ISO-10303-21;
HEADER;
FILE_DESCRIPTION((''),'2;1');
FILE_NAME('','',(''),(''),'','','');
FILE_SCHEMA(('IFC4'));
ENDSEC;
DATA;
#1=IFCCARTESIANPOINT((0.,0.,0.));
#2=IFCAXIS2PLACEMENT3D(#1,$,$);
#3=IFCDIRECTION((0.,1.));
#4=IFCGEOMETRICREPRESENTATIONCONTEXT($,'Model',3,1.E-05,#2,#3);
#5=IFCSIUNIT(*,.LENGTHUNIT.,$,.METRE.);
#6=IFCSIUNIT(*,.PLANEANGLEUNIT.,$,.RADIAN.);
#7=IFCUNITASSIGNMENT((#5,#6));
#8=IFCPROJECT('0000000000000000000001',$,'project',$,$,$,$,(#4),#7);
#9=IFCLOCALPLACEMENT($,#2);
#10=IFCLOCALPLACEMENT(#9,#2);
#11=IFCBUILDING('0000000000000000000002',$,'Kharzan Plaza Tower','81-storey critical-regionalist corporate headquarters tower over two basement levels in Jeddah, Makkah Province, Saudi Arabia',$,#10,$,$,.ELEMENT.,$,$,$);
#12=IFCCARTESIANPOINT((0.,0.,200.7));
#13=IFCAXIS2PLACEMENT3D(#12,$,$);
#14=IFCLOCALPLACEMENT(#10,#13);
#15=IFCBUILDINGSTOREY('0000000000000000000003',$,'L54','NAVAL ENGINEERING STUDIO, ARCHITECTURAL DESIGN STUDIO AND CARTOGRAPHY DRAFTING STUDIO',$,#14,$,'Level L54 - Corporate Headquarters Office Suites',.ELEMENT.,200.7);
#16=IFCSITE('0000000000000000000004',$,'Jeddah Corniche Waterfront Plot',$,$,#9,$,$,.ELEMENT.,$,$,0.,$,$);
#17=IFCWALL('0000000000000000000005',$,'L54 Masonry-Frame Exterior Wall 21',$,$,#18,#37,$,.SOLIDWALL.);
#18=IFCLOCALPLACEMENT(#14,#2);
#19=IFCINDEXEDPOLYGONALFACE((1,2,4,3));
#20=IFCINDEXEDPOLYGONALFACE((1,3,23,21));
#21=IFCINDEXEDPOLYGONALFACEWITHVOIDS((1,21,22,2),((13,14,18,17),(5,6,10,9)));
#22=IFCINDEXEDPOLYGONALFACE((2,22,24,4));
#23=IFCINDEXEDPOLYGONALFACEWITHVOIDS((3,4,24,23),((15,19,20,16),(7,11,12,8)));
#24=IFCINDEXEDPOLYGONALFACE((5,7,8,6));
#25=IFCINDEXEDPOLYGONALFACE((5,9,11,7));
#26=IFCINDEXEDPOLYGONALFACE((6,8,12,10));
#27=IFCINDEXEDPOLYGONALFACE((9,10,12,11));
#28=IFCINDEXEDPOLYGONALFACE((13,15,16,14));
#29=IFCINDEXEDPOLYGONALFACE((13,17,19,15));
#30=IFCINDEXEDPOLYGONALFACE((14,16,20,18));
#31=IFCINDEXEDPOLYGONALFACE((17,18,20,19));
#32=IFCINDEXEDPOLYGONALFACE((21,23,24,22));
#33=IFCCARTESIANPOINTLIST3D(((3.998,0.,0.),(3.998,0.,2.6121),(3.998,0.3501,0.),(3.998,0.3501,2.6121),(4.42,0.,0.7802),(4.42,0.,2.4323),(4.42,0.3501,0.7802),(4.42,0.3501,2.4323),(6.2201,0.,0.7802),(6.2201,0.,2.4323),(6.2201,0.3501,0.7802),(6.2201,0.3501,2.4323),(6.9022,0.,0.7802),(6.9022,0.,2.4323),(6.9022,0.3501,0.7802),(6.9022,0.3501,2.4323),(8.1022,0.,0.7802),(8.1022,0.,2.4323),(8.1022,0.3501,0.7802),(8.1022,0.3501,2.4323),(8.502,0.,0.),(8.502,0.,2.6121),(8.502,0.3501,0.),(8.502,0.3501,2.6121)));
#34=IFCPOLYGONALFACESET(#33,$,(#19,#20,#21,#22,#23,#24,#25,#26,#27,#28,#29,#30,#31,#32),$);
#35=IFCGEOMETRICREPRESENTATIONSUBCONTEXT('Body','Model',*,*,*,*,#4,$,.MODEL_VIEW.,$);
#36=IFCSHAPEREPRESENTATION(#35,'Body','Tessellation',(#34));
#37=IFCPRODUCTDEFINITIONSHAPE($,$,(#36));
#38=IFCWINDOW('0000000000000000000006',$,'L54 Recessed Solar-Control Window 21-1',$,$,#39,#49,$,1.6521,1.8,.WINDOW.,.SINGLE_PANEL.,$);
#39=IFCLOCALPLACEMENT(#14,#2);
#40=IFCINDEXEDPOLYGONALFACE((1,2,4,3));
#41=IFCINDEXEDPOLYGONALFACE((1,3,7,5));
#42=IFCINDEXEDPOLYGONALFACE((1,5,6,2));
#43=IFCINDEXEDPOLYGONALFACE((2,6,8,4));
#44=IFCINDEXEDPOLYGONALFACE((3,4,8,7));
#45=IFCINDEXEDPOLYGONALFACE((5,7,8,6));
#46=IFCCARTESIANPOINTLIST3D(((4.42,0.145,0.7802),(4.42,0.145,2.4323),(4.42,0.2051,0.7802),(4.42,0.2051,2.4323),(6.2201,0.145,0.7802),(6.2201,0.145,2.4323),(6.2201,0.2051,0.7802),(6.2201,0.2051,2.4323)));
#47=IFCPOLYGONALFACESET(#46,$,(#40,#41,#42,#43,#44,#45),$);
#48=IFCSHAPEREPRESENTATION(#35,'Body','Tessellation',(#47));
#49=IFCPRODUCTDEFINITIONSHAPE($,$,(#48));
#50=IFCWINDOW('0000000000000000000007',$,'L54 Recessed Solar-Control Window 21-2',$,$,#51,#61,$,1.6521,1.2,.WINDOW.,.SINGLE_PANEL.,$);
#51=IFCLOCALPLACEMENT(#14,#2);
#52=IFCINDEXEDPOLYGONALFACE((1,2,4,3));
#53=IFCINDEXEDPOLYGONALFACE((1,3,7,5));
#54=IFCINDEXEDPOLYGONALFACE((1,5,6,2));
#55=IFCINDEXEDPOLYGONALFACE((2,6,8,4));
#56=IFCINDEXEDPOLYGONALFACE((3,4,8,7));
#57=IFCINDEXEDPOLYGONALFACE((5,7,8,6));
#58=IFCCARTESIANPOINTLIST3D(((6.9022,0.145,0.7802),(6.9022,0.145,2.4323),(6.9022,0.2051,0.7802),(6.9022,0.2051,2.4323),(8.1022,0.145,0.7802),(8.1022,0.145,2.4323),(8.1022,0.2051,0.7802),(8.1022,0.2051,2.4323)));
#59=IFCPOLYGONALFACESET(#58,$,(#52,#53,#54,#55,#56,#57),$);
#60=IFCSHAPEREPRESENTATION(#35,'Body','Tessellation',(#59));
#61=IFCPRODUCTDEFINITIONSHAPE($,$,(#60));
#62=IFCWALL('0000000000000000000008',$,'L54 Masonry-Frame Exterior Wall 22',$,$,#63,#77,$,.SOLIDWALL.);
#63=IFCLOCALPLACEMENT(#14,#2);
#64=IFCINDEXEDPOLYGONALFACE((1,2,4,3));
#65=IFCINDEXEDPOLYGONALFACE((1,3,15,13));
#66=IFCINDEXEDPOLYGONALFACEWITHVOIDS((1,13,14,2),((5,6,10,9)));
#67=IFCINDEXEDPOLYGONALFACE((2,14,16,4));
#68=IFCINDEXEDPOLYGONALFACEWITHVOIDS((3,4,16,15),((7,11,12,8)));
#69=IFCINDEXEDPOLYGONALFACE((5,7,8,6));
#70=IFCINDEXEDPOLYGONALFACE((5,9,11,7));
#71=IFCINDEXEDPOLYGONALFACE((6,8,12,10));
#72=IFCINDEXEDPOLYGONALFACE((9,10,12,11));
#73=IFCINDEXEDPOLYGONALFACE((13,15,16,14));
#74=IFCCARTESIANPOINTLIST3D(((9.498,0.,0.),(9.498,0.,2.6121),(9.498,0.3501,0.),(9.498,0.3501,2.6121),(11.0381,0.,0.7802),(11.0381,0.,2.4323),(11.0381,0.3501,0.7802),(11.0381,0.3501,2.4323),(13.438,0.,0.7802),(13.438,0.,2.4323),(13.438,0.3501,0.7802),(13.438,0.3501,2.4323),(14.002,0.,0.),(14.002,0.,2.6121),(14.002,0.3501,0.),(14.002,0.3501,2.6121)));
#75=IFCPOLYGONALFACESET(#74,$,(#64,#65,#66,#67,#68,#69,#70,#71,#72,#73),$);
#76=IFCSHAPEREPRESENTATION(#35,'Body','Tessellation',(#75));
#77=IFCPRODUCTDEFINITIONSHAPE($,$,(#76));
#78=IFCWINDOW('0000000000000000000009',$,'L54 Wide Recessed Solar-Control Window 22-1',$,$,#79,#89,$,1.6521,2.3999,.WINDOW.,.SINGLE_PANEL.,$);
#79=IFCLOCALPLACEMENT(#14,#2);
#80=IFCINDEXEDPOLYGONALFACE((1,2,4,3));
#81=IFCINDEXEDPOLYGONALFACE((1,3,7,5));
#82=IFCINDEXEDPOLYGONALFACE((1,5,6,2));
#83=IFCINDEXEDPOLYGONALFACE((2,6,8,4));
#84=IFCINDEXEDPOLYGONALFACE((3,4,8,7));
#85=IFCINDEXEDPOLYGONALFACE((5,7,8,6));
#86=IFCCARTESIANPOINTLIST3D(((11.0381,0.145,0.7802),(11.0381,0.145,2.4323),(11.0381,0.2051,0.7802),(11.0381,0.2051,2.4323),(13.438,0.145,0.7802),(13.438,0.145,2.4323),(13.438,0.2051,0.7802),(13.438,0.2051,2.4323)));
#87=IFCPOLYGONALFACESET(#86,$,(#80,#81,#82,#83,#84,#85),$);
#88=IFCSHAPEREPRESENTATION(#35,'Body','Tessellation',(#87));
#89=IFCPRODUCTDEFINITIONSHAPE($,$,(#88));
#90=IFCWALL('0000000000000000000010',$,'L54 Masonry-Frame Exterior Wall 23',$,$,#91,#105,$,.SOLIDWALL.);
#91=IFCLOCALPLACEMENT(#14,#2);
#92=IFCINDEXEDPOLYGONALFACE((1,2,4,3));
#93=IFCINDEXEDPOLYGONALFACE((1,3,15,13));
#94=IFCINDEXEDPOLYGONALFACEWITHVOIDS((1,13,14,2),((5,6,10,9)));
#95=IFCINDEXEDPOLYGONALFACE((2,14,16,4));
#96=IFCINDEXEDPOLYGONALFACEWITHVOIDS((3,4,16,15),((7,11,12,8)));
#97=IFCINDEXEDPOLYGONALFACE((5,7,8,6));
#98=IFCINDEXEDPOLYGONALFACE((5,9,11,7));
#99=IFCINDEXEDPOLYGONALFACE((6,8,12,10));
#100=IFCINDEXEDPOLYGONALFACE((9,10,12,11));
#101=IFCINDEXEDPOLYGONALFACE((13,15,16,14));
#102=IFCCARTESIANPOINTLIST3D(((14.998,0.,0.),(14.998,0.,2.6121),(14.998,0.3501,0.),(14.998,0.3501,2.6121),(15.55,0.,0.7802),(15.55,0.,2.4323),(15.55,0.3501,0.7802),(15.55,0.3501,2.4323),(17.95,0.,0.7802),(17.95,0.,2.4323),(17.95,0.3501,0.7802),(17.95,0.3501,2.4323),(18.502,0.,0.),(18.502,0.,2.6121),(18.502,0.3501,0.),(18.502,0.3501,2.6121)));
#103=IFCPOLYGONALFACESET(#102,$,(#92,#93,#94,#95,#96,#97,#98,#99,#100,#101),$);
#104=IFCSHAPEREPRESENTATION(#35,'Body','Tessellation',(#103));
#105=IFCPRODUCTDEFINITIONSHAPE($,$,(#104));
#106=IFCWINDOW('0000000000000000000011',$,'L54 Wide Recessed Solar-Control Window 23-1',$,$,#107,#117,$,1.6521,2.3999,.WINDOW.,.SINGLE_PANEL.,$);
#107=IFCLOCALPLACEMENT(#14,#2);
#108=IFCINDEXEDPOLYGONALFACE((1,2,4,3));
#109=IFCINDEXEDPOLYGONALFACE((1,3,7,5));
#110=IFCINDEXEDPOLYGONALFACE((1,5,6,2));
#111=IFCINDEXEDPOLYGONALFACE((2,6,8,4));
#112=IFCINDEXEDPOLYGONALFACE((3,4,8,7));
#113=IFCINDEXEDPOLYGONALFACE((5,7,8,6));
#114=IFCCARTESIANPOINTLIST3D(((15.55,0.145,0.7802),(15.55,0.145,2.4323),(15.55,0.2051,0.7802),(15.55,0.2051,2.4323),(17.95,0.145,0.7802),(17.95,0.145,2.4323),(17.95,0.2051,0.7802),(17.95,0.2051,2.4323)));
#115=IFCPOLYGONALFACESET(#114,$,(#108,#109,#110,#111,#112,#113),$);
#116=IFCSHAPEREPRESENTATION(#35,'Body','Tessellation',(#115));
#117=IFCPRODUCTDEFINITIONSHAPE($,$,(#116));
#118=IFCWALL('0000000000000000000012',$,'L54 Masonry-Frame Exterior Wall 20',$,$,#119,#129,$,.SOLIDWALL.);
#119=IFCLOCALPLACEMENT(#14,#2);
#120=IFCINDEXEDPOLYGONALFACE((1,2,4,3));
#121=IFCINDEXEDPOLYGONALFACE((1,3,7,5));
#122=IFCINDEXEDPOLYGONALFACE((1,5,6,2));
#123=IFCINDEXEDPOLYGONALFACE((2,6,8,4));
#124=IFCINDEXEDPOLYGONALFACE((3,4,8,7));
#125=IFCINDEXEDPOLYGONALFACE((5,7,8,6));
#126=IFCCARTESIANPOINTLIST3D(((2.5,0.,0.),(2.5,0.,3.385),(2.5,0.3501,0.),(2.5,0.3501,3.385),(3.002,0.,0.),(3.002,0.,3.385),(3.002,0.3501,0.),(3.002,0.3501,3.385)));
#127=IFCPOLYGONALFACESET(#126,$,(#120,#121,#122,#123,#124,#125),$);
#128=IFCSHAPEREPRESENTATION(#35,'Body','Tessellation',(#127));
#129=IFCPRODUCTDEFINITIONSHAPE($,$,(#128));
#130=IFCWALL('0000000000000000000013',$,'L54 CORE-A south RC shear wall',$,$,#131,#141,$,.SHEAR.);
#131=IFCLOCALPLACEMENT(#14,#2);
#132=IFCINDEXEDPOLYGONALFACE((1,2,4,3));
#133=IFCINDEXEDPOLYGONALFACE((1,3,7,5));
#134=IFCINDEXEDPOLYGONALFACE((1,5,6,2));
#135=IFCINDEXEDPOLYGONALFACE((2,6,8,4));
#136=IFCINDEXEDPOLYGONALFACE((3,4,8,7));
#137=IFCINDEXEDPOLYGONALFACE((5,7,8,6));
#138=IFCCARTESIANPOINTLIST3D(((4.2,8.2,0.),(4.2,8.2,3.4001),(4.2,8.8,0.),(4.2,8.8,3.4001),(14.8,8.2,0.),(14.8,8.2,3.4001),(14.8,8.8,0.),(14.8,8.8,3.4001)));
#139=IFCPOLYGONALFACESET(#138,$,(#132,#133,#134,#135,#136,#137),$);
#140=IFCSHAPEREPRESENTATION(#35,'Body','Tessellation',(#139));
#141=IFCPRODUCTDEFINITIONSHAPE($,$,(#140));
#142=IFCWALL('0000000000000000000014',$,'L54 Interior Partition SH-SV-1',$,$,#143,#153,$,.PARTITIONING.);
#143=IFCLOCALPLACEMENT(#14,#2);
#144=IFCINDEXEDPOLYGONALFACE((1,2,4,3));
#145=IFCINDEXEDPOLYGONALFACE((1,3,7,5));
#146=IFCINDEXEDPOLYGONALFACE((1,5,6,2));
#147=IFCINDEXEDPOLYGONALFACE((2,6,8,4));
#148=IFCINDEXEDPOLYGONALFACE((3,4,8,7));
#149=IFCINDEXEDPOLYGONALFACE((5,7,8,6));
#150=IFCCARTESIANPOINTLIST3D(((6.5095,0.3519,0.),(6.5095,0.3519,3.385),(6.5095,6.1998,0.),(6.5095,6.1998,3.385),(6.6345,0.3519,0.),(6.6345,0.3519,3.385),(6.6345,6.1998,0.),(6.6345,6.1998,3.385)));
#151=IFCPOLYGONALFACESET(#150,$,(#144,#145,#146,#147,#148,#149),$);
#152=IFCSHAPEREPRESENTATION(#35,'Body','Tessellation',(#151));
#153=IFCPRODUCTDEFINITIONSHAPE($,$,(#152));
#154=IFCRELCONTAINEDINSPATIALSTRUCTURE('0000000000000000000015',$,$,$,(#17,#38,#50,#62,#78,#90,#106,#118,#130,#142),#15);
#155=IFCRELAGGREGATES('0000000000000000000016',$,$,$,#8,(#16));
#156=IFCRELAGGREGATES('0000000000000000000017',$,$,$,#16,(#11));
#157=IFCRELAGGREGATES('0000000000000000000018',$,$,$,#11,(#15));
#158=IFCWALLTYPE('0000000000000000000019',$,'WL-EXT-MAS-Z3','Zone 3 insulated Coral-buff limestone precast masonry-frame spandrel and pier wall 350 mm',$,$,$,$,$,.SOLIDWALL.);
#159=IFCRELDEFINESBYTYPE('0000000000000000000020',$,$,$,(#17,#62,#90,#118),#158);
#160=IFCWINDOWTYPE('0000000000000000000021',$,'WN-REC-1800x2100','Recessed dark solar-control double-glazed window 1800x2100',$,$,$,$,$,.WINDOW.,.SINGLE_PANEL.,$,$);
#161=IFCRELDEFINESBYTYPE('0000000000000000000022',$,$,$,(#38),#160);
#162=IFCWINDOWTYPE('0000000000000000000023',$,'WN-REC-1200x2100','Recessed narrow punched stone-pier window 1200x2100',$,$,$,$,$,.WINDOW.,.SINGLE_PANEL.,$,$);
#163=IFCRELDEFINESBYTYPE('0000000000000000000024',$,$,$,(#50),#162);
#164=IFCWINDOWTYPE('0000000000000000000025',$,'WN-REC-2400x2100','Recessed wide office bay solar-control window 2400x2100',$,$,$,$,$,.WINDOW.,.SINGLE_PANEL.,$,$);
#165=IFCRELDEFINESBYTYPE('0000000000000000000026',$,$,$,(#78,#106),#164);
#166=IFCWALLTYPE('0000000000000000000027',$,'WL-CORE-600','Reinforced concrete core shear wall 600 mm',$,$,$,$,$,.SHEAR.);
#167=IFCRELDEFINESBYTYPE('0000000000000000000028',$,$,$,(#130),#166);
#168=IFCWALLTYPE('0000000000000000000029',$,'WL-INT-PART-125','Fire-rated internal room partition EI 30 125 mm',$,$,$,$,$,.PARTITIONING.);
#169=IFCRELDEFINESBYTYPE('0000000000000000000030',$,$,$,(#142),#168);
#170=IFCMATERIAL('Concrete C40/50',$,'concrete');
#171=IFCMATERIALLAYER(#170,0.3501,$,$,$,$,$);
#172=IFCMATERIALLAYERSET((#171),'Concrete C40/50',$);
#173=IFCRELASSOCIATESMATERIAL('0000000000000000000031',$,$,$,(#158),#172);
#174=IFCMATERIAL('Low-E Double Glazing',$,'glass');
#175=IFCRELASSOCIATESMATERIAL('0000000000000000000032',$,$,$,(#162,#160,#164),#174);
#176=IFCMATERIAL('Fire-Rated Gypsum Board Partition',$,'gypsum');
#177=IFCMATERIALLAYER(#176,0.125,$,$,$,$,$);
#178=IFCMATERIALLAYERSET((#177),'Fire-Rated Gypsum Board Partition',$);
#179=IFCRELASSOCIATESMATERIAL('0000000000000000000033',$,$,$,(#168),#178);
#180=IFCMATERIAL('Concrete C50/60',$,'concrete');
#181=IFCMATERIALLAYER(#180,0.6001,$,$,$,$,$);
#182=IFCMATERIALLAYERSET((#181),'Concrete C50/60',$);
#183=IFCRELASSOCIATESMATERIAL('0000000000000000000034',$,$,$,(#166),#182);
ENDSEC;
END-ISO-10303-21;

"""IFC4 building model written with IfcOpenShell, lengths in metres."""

from ifc_helpers import new_model, si_unit, direction, frame, frame_2d, origin, place, context, subcontext, project, spatial, rectangle, extrude, source, transform, mapped, material, layer, layer_set, type_object, element, fill, save


model = new_model("IFC4")

# Units and contexts
model_context = context("Model", 3, precision=1e-05, world=origin(), true_north=direction((0.0, 1.0)))
body_context = subcontext(model_context, "Body", "Model", "MODEL_VIEW")
ifc_project = project(units=[si_unit("LENGTHUNIT", "METRE"), si_unit("PLANEANGLEUNIT", "RADIAN")], contexts=[model_context])

# Site, building, storey
site_placement = place(None, origin())
site = spatial("IfcSite", under=ifc_project, at=site_placement, Name="Jeddah Corniche Waterfront Plot", CompositionType="ELEMENT", RefElevation=0.0)
building_placement = place(site_placement, origin())
building = spatial("IfcBuilding", under=site, at=building_placement, Name="Kharzan Plaza Tower", Description="81-storey critical-regionalist corporate headquarters tower over two basement levels in Jeddah, Makkah Province, Saudi Arabia", CompositionType="ELEMENT")
storey_placement = place(building_placement, frame((0.0, 0.0, 200.7)))
storey = spatial("IfcBuildingStorey", under=building, at=storey_placement, Name="L54", Description="NAVAL ENGINEERING STUDIO, ARCHITECTURAL DESIGN STUDIO AND CARTOGRAPHY DRAFTING STUDIO", LongName="Level L54 - Corporate Headquarters Office Suites", CompositionType="ELEMENT", Elevation=200.7)

# Shared definitions
ifc_material_1 = material(Name="Concrete C50/60", Category="concrete")

# Shared definitions
ifc_material_2 = material(Name="Concrete C40/50", Category="concrete")
ifc_layer_1 = layer(ifc_material_2, 0.3501)
ifc_layer_set_1 = layer_set([ifc_layer_1], Name="Concrete C40/50")
wall_type_1 = type_object("IfcWallType", Name="WL-EXT-MAS-Z3", Description="Zone 3 insulated Coral-buff limestone precast masonry-frame spandrel and pier wall 350 mm", PredefinedType="SOLIDWALL", material=ifc_layer_set_1)
ifc_material_3 = material(Name="Low-E Double Glazing", Category="glass")
window_type_1 = type_object("IfcWindowType", Name="WN-REC-1200x2100", Description="Recessed narrow punched stone-pier window 1200x2100", PartitioningType="SINGLE_PANEL", PredefinedType="WINDOW", material=ifc_material_3)

# Wall, openings, windows
wall_1_placement = place(storey_placement, frame((3.998, 0.175, 0.0), z_axis=(0.0, 0.0, 1.0), x_axis=(1.0, 0.0, 0.0)))
wall_1 = element("IfcWall", 1, at=wall_1_placement, inside=storey, type_object=wall_type_1, Name="L54 Masonry-Frame Exterior Wall 21", PredefinedType="SOLIDWALL", context=body_context, shape_type="SweptSolid", body=[
    extrude(rectangle(XDim=4.5039, YDim=0.3501, at=frame_2d((2.252, 0.0))), origin(), (0.0, 0.0, 1.0), 2.6121),
])
opening_1_placement = place(wall_1_placement, frame((0.4221, 0.0, 0.78)))
opening_1 = element("IfcOpeningElement", 2, at=opening_1_placement, cuts=wall_1, PredefinedType="OPENING", context=body_context, shape_type="SweptSolid", body=[
    extrude(rectangle(XDim=1.8, YDim=1.6521, at=frame_2d((0.8999, 0.8262))), frame((0.0, 0.1851, 0.0), z_axis=(0.0, -1.0, 0.0), x_axis=(1.0, 0.0, 0.0)), (0.0, 0.0, 1.0), 0.3701),
])
opening_2_placement = place(wall_1_placement, frame((2.9041, 0.0, 0.78)))
opening_2 = element("IfcOpeningElement", 3, at=opening_2_placement, cuts=wall_1, PredefinedType="OPENING", context=body_context, shape_type="SweptSolid", body=[
    extrude(rectangle(XDim=1.2, YDim=1.6521, at=frame_2d((0.6001, 0.8262))), frame((0.0, 0.1851, 0.0), z_axis=(0.0, -1.0, 0.0), x_axis=(1.0, 0.0, 0.0)), (0.0, 0.0, 1.0), 0.3701),
])
window_type_2 = type_object("IfcWindowType", Name="WN-REC-1800x2100", Description="Recessed dark solar-control double-glazed window 1800x2100", PartitioningType="SINGLE_PANEL", PredefinedType="WINDOW", material=ifc_material_3)
shared_shape_1 = source(origin(), body_context, "Body", "SweptSolid", [
    extrude(rectangle(XDim=1.8, YDim=1.6521, at=frame_2d((0.8999, 0.8262))), frame((0.0, 0.03, 0.0), z_axis=(0.0, -1.0, 0.0), x_axis=(1.0, 0.0, 0.0)), (0.0, 0.0, 1.0), 0.0601),
])
window_1_placement = place(opening_1_placement, origin())
window_1 = element("IfcWindow", 4, at=window_1_placement, inside=storey, type_object=window_type_2, Name="L54 Recessed Solar-Control Window 21-1", OverallHeight=1.6521, OverallWidth=1.8, PartitioningType="SINGLE_PANEL", PredefinedType="WINDOW", context=body_context, shape_type="MappedRepresentation", body=[
    mapped(shared_shape_1, transform((0.0, 0.0, 0.0), x_axis=(1.0, 0.0, 0.0), y_axis=(0.0, 1.0, 0.0), z_axis=(0.0, 0.0, 1.0))),
])
fill(opening_1, window_1)
shared_shape_2 = source(origin(), body_context, "Body", "SweptSolid", [
    extrude(rectangle(XDim=1.2, YDim=1.6521, at=frame_2d((0.6001, 0.8262))), frame((0.0, 0.03, 0.0), z_axis=(0.0, -1.0, 0.0), x_axis=(1.0, 0.0, 0.0)), (0.0, 0.0, 1.0), 0.0601),
])
window_2_placement = place(opening_2_placement, origin())
window_2 = element("IfcWindow", 5, at=window_2_placement, inside=storey, type_object=window_type_1, Name="L54 Recessed Solar-Control Window 21-2", OverallHeight=1.6521, OverallWidth=1.2, PartitioningType="SINGLE_PANEL", PredefinedType="WINDOW", context=body_context, shape_type="MappedRepresentation", body=[
    mapped(shared_shape_2, transform((0.0, 0.0, 0.0), x_axis=(1.0, 0.0, 0.0), y_axis=(0.0, 1.0, 0.0), z_axis=(0.0, 0.0, 1.0))),
])
fill(opening_2, window_2)

# Walls, openings, windows
wall_2_placement = place(storey_placement, frame((9.498, 0.175, 0.0), z_axis=(0.0, 0.0, 1.0), x_axis=(1.0, 0.0, 0.0)))
wall_2 = element("IfcWall", 6, at=wall_2_placement, inside=storey, type_object=wall_type_1, Name="L54 Masonry-Frame Exterior Wall 22", PredefinedType="SOLIDWALL", context=body_context, shape_type="SweptSolid", body=[
    extrude(rectangle(XDim=4.5039, YDim=0.3501, at=frame_2d((2.252, 0.0))), origin(), (0.0, 0.0, 1.0), 2.6121),
])
opening_3_placement = place(wall_2_placement, frame((1.54, 0.0, 0.78)))
opening_3 = element("IfcOpeningElement", 7, at=opening_3_placement, cuts=wall_2, PredefinedType="OPENING", context=body_context, shape_type="SweptSolid", body=[
    extrude(rectangle(XDim=2.3999, YDim=1.6521, at=frame_2d((1.2, 0.8262))), frame((0.0, 0.1851, 0.0), z_axis=(0.0, -1.0, 0.0), x_axis=(1.0, 0.0, 0.0)), (0.0, 0.0, 1.0), 0.3701),
])
window_type_3 = type_object("IfcWindowType", Name="WN-REC-2400x2100", Description="Recessed wide office bay solar-control window 2400x2100", PartitioningType="SINGLE_PANEL", PredefinedType="WINDOW", material=ifc_material_3)
shared_shape_3 = source(origin(), body_context, "Body", "SweptSolid", [
    extrude(rectangle(XDim=2.3999, YDim=1.6521, at=frame_2d((1.2, 0.8262))), frame((0.0, 0.03, 0.0), z_axis=(0.0, -1.0, 0.0), x_axis=(1.0, 0.0, 0.0)), (0.0, 0.0, 1.0), 0.0601),
])
window_3_placement = place(opening_3_placement, origin())
window_3 = element("IfcWindow", 8, at=window_3_placement, inside=storey, type_object=window_type_3, Name="L54 Wide Recessed Solar-Control Window 22-1", OverallHeight=1.6521, OverallWidth=2.3999, PartitioningType="SINGLE_PANEL", PredefinedType="WINDOW", context=body_context, shape_type="MappedRepresentation", body=[
    mapped(shared_shape_3, transform((0.0, 0.0, 0.0), x_axis=(1.0, 0.0, 0.0), y_axis=(0.0, 1.0, 0.0), z_axis=(0.0, 0.0, 1.0))),
])
fill(opening_3, window_3)
wall_3_placement = place(storey_placement, frame((14.998, 0.175, 0.0), z_axis=(0.0, 0.0, 1.0), x_axis=(1.0, 0.0, 0.0)))
wall_3 = element("IfcWall", 9, at=wall_3_placement, inside=storey, type_object=wall_type_1, Name="L54 Masonry-Frame Exterior Wall 23", PredefinedType="SOLIDWALL", context=body_context, shape_type="SweptSolid", body=[
    extrude(rectangle(XDim=3.5039, YDim=0.3501, at=frame_2d((1.752, 0.0))), origin(), (0.0, 0.0, 1.0), 2.6121),
])
opening_4_placement = place(wall_3_placement, frame((0.552, 0.0, 0.78)))
opening_4 = element("IfcOpeningElement", 10, at=opening_4_placement, cuts=wall_3, PredefinedType="OPENING", context=body_context, shape_type="SweptSolid", body=[
    extrude(rectangle(XDim=2.3999, YDim=1.6521, at=frame_2d((1.2, 0.8262))), frame((0.0, 0.1851, 0.0), z_axis=(0.0, -1.0, 0.0), x_axis=(1.0, 0.0, 0.0)), (0.0, 0.0, 1.0), 0.3701),
])
window_4_placement = place(opening_4_placement, origin())
window_4 = element("IfcWindow", 11, at=window_4_placement, inside=storey, type_object=window_type_3, Name="L54 Wide Recessed Solar-Control Window 23-1", OverallHeight=1.6521, OverallWidth=2.3999, PartitioningType="SINGLE_PANEL", PredefinedType="WINDOW", context=body_context, shape_type="MappedRepresentation", body=[
    mapped(shared_shape_3, transform((0.0, 0.0, 0.0), x_axis=(1.0, 0.0, 0.0), y_axis=(0.0, 1.0, 0.0), z_axis=(0.0, 0.0, 1.0))),
])
fill(opening_4, window_4)

# Shared definitions
ifc_material_4 = material(Name="Fire-Rated Gypsum Board Partition", Category="gypsum")
ifc_layer_2 = layer(ifc_material_4, 0.125)
ifc_layer_set_2 = layer_set([ifc_layer_2], Name="Fire-Rated Gypsum Board Partition")
wall_type_2 = type_object("IfcWallType", Name="WL-INT-PART-125", Description="Fire-rated internal room partition EI 30 125 mm", PredefinedType="PARTITIONING", material=ifc_layer_set_2)

# Walls
shared_shape_4 = source(origin(), body_context, "Body", "SweptSolid", [
    extrude(rectangle(XDim=0.502, YDim=0.3501, at=frame_2d((0.251, 0.0))), origin(), (0.0, 0.0, 1.0), 3.385),
])
wall_4_placement = place(storey_placement, frame((2.5, 0.175, 0.0), z_axis=(0.0, 0.0, 1.0), x_axis=(1.0, 0.0, 0.0)))
element("IfcWall", 12, at=wall_4_placement, inside=storey, type_object=wall_type_1, Name="L54 Masonry-Frame Exterior Wall 20", PredefinedType="SOLIDWALL", context=body_context, shape_type="MappedRepresentation", body=[
    mapped(shared_shape_4, transform((0.0, 0.0, 0.0), x_axis=(1.0, 0.0, 0.0), y_axis=(0.0, 1.0, 0.0), z_axis=(0.0, 0.0, 1.0))),
])
ifc_layer_3 = layer(ifc_material_1, 0.6001)
ifc_layer_set_3 = layer_set([ifc_layer_3], Name="Concrete C50/60")
wall_type_3 = type_object("IfcWallType", Name="WL-CORE-600", Description="Reinforced concrete core shear wall 600 mm", PredefinedType="SHEAR", material=ifc_layer_set_3)
shared_shape_5 = source(origin(), body_context, "Body", "SweptSolid", [
    extrude(rectangle(XDim=10.6001, YDim=0.6001, at=frame_2d((5.3, 0.0))), origin(), (0.0, 0.0, 1.0), 3.4001),
])
wall_5_placement = place(storey_placement, frame((4.2, 8.5, 0.0), z_axis=(0.0, 0.0, 1.0), x_axis=(1.0, 0.0, 0.0)))
element("IfcWall", 13, at=wall_5_placement, inside=storey, type_object=wall_type_3, Name="L54 CORE-A south RC shear wall", PredefinedType="SHEAR", context=body_context, shape_type="MappedRepresentation", body=[
    mapped(shared_shape_5, transform((0.0, 0.0, 0.0), x_axis=(1.0, 0.0, 0.0), y_axis=(0.0, 1.0, 0.0), z_axis=(0.0, 0.0, 1.0))),
])
shared_shape_6 = source(origin(), body_context, "Body", "SweptSolid", [
    extrude(rectangle(XDim=5.8479, YDim=0.125, at=frame_2d((2.9238, 0.0))), origin(), (0.0, 0.0, 1.0), 3.385),
])
for number, where, z_axis, x_axis, name in (
    (14, (6.572, 0.3521, 0.0), (0.0, 0.0, 1.0), (0.0, 1.0, 0.0), "L54 Interior Partition SH-SV-1"),
):
    element("IfcWall", number, at=place(storey_placement, frame(where, z_axis=z_axis, x_axis=x_axis)), inside=storey, type_object=wall_type_2, Name=name, PredefinedType="PARTITIONING", context=body_context, shape_type="MappedRepresentation", body=[
        mapped(shared_shape_6, transform((0.0, 0.0, 0.0), x_axis=(1.0, 0.0, 0.0), y_axis=(0.0, 1.0, 0.0), z_axis=(0.0, 0.0, 1.0))),
    ])

save(model, "model.ifc")
